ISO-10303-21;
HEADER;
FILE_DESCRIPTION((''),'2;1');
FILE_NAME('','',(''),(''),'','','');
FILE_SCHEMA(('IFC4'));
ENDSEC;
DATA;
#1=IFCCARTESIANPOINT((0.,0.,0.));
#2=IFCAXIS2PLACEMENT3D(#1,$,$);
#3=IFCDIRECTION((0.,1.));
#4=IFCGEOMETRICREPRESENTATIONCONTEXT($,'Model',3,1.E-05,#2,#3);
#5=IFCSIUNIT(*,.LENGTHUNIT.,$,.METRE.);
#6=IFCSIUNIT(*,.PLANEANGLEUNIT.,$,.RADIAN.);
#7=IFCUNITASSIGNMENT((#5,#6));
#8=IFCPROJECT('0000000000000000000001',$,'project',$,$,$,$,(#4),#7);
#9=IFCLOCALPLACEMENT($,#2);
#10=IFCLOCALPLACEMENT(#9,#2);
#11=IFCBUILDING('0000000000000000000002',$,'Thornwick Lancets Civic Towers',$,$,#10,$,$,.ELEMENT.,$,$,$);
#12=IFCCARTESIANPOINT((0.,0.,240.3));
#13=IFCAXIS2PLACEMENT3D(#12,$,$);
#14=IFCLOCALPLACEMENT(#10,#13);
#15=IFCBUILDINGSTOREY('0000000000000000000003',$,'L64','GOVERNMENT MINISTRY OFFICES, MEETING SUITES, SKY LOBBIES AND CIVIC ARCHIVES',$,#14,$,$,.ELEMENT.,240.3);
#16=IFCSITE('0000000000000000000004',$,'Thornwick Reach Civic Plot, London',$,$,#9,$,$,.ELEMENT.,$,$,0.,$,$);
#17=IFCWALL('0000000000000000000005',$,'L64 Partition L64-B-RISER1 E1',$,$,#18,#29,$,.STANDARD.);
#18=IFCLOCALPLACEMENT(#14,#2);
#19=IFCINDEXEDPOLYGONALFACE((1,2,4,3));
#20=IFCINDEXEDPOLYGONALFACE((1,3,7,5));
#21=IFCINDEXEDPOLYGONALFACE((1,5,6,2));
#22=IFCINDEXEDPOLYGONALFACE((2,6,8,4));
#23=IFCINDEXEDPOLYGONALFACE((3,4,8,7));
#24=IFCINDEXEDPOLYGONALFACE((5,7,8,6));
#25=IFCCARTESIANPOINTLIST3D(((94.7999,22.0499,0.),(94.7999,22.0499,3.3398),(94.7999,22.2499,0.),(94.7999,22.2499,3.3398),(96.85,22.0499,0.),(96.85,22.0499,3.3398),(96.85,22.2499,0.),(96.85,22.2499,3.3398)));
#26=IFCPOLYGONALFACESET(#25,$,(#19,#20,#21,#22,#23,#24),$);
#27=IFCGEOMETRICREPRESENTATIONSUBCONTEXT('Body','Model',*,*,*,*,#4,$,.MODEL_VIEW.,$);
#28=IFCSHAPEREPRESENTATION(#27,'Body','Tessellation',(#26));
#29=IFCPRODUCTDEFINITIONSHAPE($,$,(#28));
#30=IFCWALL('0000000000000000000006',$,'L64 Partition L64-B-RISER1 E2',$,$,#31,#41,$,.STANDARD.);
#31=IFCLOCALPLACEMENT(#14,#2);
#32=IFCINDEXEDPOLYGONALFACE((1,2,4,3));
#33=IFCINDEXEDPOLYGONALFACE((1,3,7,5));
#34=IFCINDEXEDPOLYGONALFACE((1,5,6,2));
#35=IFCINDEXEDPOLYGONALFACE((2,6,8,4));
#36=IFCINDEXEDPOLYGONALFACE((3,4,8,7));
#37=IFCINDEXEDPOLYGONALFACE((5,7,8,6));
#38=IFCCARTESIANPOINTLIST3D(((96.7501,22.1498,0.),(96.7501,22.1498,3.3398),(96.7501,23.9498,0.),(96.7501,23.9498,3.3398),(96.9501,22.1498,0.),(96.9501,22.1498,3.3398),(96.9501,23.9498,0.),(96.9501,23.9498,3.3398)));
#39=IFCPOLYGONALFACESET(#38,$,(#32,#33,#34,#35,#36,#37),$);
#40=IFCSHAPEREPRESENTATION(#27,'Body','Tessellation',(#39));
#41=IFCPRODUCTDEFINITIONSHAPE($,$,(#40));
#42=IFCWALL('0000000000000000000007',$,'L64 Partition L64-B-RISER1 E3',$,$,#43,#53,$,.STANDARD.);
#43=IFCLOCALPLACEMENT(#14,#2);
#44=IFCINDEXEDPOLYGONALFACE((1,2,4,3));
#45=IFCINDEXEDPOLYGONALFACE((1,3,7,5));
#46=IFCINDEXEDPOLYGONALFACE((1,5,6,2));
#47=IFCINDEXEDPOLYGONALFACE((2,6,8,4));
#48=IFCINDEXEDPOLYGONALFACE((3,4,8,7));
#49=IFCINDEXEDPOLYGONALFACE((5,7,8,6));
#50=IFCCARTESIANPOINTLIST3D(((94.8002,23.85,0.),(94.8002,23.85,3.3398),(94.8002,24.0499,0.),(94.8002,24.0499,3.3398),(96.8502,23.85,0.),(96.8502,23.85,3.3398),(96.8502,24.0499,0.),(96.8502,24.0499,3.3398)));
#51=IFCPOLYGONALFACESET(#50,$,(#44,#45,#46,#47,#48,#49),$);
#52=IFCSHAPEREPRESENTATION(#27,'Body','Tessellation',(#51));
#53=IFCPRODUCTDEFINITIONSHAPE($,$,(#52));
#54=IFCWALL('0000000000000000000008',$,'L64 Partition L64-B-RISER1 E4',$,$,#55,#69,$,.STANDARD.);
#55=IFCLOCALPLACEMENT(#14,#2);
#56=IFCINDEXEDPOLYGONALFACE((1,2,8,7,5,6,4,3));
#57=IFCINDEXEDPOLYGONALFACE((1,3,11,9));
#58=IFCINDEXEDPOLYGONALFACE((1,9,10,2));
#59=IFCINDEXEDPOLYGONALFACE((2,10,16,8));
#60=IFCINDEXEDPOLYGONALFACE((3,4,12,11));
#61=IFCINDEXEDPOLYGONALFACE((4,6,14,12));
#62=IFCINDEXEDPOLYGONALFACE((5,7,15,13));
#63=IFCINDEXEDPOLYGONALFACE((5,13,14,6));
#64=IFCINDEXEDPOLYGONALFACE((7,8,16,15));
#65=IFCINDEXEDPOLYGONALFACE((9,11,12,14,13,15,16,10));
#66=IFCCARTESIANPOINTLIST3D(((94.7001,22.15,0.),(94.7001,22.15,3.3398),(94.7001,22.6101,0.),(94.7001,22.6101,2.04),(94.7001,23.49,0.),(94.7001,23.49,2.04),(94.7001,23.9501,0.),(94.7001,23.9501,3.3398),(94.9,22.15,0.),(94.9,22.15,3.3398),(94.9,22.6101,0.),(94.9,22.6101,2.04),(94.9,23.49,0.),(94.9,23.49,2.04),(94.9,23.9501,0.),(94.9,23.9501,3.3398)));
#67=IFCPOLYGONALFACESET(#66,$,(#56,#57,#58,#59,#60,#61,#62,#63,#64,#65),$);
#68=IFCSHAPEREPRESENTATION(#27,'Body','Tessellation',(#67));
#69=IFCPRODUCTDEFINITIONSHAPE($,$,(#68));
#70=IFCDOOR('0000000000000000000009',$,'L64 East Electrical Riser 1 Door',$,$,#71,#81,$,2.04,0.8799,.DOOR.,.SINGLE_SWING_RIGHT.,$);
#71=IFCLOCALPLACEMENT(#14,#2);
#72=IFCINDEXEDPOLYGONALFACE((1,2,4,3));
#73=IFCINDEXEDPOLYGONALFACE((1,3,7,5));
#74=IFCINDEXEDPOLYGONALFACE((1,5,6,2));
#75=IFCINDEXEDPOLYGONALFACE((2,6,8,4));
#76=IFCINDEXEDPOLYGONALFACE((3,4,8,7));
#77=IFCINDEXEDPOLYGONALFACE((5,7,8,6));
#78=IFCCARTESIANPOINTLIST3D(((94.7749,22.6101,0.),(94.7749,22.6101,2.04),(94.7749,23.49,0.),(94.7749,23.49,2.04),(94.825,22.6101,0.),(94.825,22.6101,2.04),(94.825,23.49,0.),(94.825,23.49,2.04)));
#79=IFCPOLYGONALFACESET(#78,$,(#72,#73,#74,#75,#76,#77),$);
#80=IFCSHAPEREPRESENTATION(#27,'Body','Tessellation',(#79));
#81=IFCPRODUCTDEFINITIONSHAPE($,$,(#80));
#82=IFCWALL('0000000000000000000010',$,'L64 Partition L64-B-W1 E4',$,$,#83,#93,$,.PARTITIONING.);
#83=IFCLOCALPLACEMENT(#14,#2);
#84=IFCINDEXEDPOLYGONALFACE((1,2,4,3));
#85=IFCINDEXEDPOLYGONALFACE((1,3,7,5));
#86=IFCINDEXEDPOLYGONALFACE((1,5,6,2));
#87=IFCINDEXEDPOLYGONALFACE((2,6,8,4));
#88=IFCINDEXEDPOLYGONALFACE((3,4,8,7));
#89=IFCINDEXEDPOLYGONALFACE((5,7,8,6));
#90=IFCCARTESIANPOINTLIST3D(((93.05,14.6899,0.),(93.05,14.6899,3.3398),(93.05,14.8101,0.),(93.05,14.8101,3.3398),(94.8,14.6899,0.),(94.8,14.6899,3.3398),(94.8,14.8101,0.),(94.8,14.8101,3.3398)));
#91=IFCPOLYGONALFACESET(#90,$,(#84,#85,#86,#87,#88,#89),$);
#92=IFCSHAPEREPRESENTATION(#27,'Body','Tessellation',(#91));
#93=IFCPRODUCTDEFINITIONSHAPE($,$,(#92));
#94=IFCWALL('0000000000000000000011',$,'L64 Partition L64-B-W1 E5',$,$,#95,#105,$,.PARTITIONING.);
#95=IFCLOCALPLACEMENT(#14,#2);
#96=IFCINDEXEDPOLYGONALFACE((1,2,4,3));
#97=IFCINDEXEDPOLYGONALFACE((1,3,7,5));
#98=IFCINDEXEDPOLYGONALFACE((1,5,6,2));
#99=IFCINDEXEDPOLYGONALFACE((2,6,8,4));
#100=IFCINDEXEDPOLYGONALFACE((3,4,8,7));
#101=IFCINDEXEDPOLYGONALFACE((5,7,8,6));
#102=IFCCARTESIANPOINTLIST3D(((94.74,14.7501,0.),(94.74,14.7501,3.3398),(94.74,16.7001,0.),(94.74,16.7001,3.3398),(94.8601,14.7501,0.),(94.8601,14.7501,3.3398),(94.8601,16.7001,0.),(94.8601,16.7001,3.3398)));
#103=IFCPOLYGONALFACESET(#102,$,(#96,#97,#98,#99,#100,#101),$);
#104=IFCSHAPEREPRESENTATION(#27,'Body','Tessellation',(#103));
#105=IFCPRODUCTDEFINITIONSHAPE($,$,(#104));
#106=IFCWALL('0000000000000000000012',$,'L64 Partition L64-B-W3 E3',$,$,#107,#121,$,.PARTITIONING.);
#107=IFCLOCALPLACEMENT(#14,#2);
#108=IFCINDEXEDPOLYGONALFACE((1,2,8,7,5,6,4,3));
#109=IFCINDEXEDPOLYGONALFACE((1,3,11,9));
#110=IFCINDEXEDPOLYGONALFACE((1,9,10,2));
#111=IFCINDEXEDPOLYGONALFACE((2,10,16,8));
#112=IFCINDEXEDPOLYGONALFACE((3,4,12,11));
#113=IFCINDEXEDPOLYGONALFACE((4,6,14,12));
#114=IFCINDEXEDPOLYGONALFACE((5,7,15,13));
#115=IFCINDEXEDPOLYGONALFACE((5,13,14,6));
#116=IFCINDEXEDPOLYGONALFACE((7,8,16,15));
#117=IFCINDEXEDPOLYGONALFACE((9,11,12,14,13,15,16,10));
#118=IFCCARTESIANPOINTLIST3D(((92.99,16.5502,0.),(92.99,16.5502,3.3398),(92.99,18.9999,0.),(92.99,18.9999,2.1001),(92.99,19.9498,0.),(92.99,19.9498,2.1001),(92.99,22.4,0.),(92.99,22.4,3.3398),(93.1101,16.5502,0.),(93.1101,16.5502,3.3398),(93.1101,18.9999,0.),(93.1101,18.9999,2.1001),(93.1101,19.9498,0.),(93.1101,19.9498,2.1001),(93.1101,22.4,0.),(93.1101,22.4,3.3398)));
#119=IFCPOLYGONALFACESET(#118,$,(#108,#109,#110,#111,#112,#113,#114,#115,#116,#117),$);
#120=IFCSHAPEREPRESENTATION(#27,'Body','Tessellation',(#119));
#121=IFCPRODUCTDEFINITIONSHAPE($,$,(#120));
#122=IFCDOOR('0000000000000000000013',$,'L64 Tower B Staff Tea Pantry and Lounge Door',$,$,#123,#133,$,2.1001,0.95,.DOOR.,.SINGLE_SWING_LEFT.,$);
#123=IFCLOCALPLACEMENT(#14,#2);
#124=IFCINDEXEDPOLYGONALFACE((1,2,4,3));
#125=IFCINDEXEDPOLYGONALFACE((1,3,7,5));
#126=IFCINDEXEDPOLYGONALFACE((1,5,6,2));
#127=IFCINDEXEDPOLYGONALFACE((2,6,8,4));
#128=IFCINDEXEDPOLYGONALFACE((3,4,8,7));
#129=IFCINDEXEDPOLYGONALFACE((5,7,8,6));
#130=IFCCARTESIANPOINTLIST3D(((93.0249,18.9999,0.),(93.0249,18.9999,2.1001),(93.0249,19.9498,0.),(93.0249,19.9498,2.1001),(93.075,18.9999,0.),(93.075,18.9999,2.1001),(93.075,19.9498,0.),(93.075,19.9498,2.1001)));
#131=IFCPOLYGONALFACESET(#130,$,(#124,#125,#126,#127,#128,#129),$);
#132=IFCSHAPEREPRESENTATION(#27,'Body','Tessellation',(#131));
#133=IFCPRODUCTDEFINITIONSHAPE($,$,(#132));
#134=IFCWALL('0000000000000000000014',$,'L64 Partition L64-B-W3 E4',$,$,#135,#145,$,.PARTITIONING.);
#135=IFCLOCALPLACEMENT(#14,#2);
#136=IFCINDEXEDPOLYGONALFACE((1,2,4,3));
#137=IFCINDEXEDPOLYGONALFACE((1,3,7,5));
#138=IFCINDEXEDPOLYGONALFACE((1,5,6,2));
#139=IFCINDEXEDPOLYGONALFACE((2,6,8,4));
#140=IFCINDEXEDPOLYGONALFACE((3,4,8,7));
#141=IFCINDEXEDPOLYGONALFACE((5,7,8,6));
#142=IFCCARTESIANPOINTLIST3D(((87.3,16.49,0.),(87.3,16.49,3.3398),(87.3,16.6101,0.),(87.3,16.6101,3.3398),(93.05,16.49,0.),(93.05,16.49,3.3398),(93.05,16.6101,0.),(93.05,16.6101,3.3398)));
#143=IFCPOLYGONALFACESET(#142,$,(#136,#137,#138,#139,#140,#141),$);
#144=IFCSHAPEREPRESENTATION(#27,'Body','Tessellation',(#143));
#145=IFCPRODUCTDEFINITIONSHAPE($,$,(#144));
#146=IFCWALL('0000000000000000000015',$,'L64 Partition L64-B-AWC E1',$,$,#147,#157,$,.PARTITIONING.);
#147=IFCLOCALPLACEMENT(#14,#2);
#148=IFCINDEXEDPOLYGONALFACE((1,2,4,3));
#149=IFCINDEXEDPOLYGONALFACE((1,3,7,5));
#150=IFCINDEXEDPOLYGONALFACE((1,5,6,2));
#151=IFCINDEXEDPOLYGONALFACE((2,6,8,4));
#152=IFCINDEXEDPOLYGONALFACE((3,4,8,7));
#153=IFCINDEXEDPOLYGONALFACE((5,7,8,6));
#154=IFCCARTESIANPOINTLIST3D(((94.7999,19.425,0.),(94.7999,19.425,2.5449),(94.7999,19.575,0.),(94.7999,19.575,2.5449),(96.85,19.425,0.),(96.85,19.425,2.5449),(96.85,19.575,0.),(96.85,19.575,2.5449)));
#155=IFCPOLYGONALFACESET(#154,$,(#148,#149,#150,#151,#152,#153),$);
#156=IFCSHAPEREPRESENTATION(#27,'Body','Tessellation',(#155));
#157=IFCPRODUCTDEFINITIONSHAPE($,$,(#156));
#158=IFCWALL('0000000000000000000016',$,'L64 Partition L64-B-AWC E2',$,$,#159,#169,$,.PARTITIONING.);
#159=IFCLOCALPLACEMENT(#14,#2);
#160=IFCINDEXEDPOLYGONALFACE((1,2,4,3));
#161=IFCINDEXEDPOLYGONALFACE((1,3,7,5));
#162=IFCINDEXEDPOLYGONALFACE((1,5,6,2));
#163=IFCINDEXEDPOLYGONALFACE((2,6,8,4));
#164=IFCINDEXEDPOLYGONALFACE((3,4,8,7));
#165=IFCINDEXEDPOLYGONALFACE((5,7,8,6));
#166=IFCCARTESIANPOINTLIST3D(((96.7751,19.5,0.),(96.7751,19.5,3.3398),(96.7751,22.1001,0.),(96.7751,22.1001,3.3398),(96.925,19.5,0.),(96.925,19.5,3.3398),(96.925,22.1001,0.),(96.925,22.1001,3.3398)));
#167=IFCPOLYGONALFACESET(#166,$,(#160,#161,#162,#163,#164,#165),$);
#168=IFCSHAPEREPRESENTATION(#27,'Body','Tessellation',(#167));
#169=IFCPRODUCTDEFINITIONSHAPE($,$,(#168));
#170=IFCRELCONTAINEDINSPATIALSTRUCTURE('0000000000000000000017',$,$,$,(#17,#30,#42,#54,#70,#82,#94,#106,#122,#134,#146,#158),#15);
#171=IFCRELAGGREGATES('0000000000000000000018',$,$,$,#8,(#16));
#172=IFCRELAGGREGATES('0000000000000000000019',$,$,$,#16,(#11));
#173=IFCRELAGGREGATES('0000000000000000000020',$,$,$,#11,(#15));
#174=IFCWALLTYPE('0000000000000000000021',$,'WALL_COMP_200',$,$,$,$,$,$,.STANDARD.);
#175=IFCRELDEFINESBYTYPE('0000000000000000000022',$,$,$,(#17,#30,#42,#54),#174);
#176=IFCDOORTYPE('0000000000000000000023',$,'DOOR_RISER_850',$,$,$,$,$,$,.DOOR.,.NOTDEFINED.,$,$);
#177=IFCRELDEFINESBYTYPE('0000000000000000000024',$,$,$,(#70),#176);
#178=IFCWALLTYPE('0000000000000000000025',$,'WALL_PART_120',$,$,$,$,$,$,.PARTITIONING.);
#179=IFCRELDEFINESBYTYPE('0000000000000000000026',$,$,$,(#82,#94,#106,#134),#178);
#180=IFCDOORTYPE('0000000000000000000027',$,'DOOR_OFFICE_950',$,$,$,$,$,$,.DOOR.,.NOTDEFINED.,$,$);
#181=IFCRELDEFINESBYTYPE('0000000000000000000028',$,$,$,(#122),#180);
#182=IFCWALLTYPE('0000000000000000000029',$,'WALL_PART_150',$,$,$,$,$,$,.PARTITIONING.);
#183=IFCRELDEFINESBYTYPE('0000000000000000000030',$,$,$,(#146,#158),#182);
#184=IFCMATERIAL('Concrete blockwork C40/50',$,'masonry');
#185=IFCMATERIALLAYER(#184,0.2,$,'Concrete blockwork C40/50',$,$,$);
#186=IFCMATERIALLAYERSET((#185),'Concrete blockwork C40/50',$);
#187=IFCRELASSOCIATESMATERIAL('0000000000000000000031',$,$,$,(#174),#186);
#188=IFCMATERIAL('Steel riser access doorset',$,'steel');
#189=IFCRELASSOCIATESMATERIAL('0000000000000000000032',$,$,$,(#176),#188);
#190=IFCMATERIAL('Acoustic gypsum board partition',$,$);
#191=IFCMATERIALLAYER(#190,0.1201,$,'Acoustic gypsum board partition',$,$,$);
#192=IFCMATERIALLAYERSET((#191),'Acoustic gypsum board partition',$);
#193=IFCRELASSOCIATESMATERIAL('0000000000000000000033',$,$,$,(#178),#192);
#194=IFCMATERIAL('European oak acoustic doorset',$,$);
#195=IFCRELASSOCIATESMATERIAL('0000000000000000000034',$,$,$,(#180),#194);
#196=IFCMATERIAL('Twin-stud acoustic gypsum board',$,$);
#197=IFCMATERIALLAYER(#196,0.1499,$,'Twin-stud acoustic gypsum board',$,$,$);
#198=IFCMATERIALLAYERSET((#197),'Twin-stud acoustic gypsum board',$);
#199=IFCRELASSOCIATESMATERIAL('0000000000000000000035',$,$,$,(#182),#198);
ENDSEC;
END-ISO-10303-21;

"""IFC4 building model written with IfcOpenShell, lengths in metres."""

from ifc_helpers import new_model, si_unit, direction, frame, frame_2d, origin, place, context, subcontext, project, spatial, rectangle, extrude, material, layer, layer_set, type_object, element, fill, save


model = new_model("IFC4")

# Units and contexts
model_context = context("Model", 3, precision=1e-05, world=origin(), true_north=direction((0.0, 1.0)))
body_context = subcontext(model_context, "Body", "Model", "MODEL_VIEW")
ifc_project = project(units=[si_unit("LENGTHUNIT", "METRE"), si_unit("PLANEANGLEUNIT", "RADIAN")], contexts=[model_context])

# Site, building, storey
site_placement = place(None, origin())
site = spatial("IfcSite", under=ifc_project, at=site_placement, Name="Thornwick Reach Civic Plot, London", CompositionType="ELEMENT", RefElevation=0.0)
building_placement = place(site_placement, origin())
building = spatial("IfcBuilding", under=site, at=building_placement, Name="Thornwick Lancets Civic Towers", CompositionType="ELEMENT")
storey_placement = place(building_placement, frame((0.0, 0.0, 240.3)))
storey = spatial("IfcBuildingStorey", under=building, at=storey_placement, Name="L64", Description="GOVERNMENT MINISTRY OFFICES, MEETING SUITES, SKY LOBBIES AND CIVIC ARCHIVES", CompositionType="ELEMENT", Elevation=240.3)

# Shared definitions
ifc_material_1 = material(Name="Concrete blockwork C40/50", Category="masonry")
ifc_layer_1 = layer(ifc_material_1, 0.2, Name="Concrete blockwork C40/50")
ifc_layer_set_1 = layer_set([ifc_layer_1], Name="Concrete blockwork C40/50")
wall_type_1 = type_object("IfcWallType", Name="WALL_COMP_200", PredefinedType="STANDARD", material=ifc_layer_set_1)

# Walls
wall_1_placement = place(storey_placement, frame((94.8, 22.1499, 0.0), z_axis=(0.0, 0.0, 1.0), x_axis=(1.0, 0.0, 0.0)))
element("IfcWall", 1, at=wall_1_placement, inside=storey, type_object=wall_type_1, Name="L64 Partition L64-B-RISER1 E1", PredefinedType="STANDARD", context=body_context, shape_type="SweptSolid", body=[
    extrude(rectangle(XDim=2.05, YDim=0.2, at=frame_2d((1.0249, 0.0))), origin(), (0.0, 0.0, 1.0), 3.3398),
])
wall_2_placement = place(storey_placement, frame((96.8501, 22.1499, 0.0), z_axis=(0.0, 0.0, 1.0), x_axis=(0.0, 1.0, 0.0)))
element("IfcWall", 2, at=wall_2_placement, inside=storey, type_object=wall_type_1, Name="L64 Partition L64-B-RISER1 E2", PredefinedType="STANDARD", context=body_context, shape_type="SweptSolid", body=[
    extrude(rectangle(XDim=1.8, YDim=0.2, at=frame_2d((0.8999, 0.0))), origin(), (0.0, 0.0, 1.0), 3.3398),
])
wall_3_placement = place(storey_placement, frame((96.8501, 23.95, 0.0), z_axis=(0.0, 0.0, 1.0), x_axis=(-1.0, 0.0, 0.0)))
element("IfcWall", 3, at=wall_3_placement, inside=storey, type_object=wall_type_1, Name="L64 Partition L64-B-RISER1 E3", PredefinedType="STANDARD", context=body_context, shape_type="SweptSolid", body=[
    extrude(rectangle(XDim=2.05, YDim=0.2, at=frame_2d((1.0249, 0.0))), origin(), (0.0, 0.0, 1.0), 3.3398),
])

# Wall, opening, door
wall_4_placement = place(storey_placement, frame((94.8, 23.95, 0.0), z_axis=(0.0, 0.0, 1.0), x_axis=(0.0, -1.0, 0.0)))
wall_4 = element("IfcWall", 4, at=wall_4_placement, inside=storey, type_object=wall_type_1, Name="L64 Partition L64-B-RISER1 E4", PredefinedType="STANDARD", context=body_context, shape_type="SweptSolid", body=[
    extrude(rectangle(XDim=1.8, YDim=0.2, at=frame_2d((0.8999, 0.0))), origin(), (0.0, 0.0, 1.0), 3.3398),
])
opening_1_placement = place(wall_4_placement, frame((0.46, 0.0, 0.0)))
opening_1 = element("IfcOpeningElement", 5, at=opening_1_placement, cuts=wall_4, PredefinedType="OPENING", context=body_context, shape_type="SweptSolid", body=[
    extrude(rectangle(XDim=0.8799, YDim=2.04, at=frame_2d((0.4399, 1.02))), frame((0.0, 0.1099, 0.0), z_axis=(0.0, -1.0, 0.0), x_axis=(1.0, 0.0, 0.0)), (0.0, 0.0, 1.0), 0.22),
])
ifc_material_2 = material(Name="Steel riser access doorset", Category="steel")
door_type_1 = type_object("IfcDoorType", Name="DOOR_RISER_850", OperationType="NOTDEFINED", PredefinedType="DOOR", material=ifc_material_2)
door_1_placement = place(opening_1_placement, origin())
door_1 = element("IfcDoor", 6, at=door_1_placement, inside=storey, type_object=door_type_1, Name="L64 East Electrical Riser 1 Door", OperationType="SINGLE_SWING_RIGHT", OverallHeight=2.04, OverallWidth=0.8799, PredefinedType="DOOR", context=body_context, shape_type="SweptSolid", body=[
    extrude(rectangle(XDim=0.8799, YDim=2.04, at=frame_2d((0.4399, 1.02))), frame((0.0, 0.0249, 0.0), z_axis=(0.0, -1.0, 0.0), x_axis=(1.0, 0.0, 0.0)), (0.0, 0.0, 1.0), 0.05),
])
fill(opening_1, door_1)

# Walls
ifc_material_3 = material(Name="Acoustic gypsum board partition")
ifc_layer_2 = layer(ifc_material_3, 0.1201, Name="Acoustic gypsum board partition")
ifc_layer_set_2 = layer_set([ifc_layer_2], Name="Acoustic gypsum board partition")
wall_type_2 = type_object("IfcWallType", Name="WALL_PART_120", PredefinedType="PARTITIONING", material=ifc_layer_set_2)
wall_5_placement = place(storey_placement, frame((93.05, 14.75, 0.0), z_axis=(0.0, 0.0, 1.0), x_axis=(1.0, 0.0, 0.0)))
element("IfcWall", 7, at=wall_5_placement, inside=storey, type_object=wall_type_2, Name="L64 Partition L64-B-W1 E4", PredefinedType="PARTITIONING", context=body_context, shape_type="SweptSolid", body=[
    extrude(rectangle(XDim=1.75, YDim=0.1201, at=frame_2d((0.875, 0.0))), origin(), (0.0, 0.0, 1.0), 3.3398),
])
wall_6_placement = place(storey_placement, frame((94.8, 14.75, 0.0), z_axis=(0.0, 0.0, 1.0), x_axis=(0.0, 1.0, 0.0)))
element("IfcWall", 8, at=wall_6_placement, inside=storey, type_object=wall_type_2, Name="L64 Partition L64-B-W1 E5", PredefinedType="PARTITIONING", context=body_context, shape_type="SweptSolid", body=[
    extrude(rectangle(XDim=1.95, YDim=0.1201, at=frame_2d((0.9751, 0.0))), origin(), (0.0, 0.0, 1.0), 3.3398),
])

# Wall, opening, door
wall_7_placement = place(storey_placement, frame((93.05, 22.3999, 0.0), z_axis=(0.0, 0.0, 1.0), x_axis=(0.0, -1.0, 0.0)))
wall_7 = element("IfcWall", 9, at=wall_7_placement, inside=storey, type_object=wall_type_2, Name="L64 Partition L64-B-W3 E3", PredefinedType="PARTITIONING", context=body_context, shape_type="SweptSolid", body=[
    extrude(rectangle(XDim=5.8499, YDim=0.1201, at=frame_2d((2.9248, 0.0))), origin(), (0.0, 0.0, 1.0), 3.3398),
])
opening_2_placement = place(wall_7_placement, frame((2.45, 0.0, 0.0)))
opening_2 = element("IfcOpeningElement", 10, at=opening_2_placement, cuts=wall_7, PredefinedType="OPENING", context=body_context, shape_type="SweptSolid", body=[
    extrude(rectangle(XDim=0.95, YDim=2.1001, at=frame_2d((0.4751, 1.05))), frame((0.0, 0.0701, 0.0), z_axis=(0.0, -1.0, 0.0), x_axis=(1.0, 0.0, 0.0)), (0.0, 0.0, 1.0), 0.1401),
])
ifc_material_4 = material(Name="European oak acoustic doorset")
door_type_2 = type_object("IfcDoorType", Name="DOOR_OFFICE_950", OperationType="NOTDEFINED", PredefinedType="DOOR", material=ifc_material_4)
door_2_placement = place(opening_2_placement, origin())
door_2 = element("IfcDoor", 11, at=door_2_placement, inside=storey, type_object=door_type_2, Name="L64 Tower B Staff Tea Pantry and Lounge Door", OperationType="SINGLE_SWING_LEFT", OverallHeight=2.1001, OverallWidth=0.95, PredefinedType="DOOR", context=body_context, shape_type="SweptSolid", body=[
    extrude(rectangle(XDim=0.95, YDim=2.1001, at=frame_2d((0.4751, 1.05))), frame((0.0, 0.0249, 0.0), z_axis=(0.0, -1.0, 0.0), x_axis=(1.0, 0.0, 0.0)), (0.0, 0.0, 1.0), 0.05),
])
fill(opening_2, door_2)

# Walls
wall_8_placement = place(storey_placement, frame((93.05, 16.55, 0.0), z_axis=(0.0, 0.0, 1.0), x_axis=(-1.0, 0.0, 0.0)))
element("IfcWall", 12, at=wall_8_placement, inside=storey, type_object=wall_type_2, Name="L64 Partition L64-B-W3 E4", PredefinedType="PARTITIONING", context=body_context, shape_type="SweptSolid", body=[
    extrude(rectangle(XDim=5.75, YDim=0.1201, at=frame_2d((2.875, 0.0))), origin(), (0.0, 0.0, 1.0), 3.3398),
])
ifc_material_5 = material(Name="Twin-stud acoustic gypsum board")
ifc_layer_3 = layer(ifc_material_5, 0.1499, Name="Twin-stud acoustic gypsum board")
ifc_layer_set_3 = layer_set([ifc_layer_3], Name="Twin-stud acoustic gypsum board")
wall_type_3 = type_object("IfcWallType", Name="WALL_PART_150", PredefinedType="PARTITIONING", material=ifc_layer_set_3)
wall_9_placement = place(storey_placement, frame((94.8, 19.5, 0.0), z_axis=(0.0, 0.0, 1.0), x_axis=(1.0, 0.0, 0.0)))
element("IfcWall", 13, at=wall_9_placement, inside=storey, type_object=wall_type_3, Name="L64 Partition L64-B-AWC E1", PredefinedType="PARTITIONING", context=body_context, shape_type="SweptSolid", body=[
    extrude(rectangle(XDim=2.05, YDim=0.1499, at=frame_2d((1.0249, 0.0))), origin(), (0.0, 0.0, 1.0), 2.5449),
])
wall_10_placement = place(storey_placement, frame((96.8501, 19.5, 0.0), z_axis=(0.0, 0.0, 1.0), x_axis=(0.0, 1.0, 0.0)))
element("IfcWall", 14, at=wall_10_placement, inside=storey, type_object=wall_type_3, Name="L64 Partition L64-B-AWC E2", PredefinedType="PARTITIONING", context=body_context, shape_type="SweptSolid", body=[
    extrude(rectangle(XDim=2.6001, YDim=0.1499, at=frame_2d((1.3, 0.0))), origin(), (0.0, 0.0, 1.0), 3.3398),
])

save(model, "model.ifc")
